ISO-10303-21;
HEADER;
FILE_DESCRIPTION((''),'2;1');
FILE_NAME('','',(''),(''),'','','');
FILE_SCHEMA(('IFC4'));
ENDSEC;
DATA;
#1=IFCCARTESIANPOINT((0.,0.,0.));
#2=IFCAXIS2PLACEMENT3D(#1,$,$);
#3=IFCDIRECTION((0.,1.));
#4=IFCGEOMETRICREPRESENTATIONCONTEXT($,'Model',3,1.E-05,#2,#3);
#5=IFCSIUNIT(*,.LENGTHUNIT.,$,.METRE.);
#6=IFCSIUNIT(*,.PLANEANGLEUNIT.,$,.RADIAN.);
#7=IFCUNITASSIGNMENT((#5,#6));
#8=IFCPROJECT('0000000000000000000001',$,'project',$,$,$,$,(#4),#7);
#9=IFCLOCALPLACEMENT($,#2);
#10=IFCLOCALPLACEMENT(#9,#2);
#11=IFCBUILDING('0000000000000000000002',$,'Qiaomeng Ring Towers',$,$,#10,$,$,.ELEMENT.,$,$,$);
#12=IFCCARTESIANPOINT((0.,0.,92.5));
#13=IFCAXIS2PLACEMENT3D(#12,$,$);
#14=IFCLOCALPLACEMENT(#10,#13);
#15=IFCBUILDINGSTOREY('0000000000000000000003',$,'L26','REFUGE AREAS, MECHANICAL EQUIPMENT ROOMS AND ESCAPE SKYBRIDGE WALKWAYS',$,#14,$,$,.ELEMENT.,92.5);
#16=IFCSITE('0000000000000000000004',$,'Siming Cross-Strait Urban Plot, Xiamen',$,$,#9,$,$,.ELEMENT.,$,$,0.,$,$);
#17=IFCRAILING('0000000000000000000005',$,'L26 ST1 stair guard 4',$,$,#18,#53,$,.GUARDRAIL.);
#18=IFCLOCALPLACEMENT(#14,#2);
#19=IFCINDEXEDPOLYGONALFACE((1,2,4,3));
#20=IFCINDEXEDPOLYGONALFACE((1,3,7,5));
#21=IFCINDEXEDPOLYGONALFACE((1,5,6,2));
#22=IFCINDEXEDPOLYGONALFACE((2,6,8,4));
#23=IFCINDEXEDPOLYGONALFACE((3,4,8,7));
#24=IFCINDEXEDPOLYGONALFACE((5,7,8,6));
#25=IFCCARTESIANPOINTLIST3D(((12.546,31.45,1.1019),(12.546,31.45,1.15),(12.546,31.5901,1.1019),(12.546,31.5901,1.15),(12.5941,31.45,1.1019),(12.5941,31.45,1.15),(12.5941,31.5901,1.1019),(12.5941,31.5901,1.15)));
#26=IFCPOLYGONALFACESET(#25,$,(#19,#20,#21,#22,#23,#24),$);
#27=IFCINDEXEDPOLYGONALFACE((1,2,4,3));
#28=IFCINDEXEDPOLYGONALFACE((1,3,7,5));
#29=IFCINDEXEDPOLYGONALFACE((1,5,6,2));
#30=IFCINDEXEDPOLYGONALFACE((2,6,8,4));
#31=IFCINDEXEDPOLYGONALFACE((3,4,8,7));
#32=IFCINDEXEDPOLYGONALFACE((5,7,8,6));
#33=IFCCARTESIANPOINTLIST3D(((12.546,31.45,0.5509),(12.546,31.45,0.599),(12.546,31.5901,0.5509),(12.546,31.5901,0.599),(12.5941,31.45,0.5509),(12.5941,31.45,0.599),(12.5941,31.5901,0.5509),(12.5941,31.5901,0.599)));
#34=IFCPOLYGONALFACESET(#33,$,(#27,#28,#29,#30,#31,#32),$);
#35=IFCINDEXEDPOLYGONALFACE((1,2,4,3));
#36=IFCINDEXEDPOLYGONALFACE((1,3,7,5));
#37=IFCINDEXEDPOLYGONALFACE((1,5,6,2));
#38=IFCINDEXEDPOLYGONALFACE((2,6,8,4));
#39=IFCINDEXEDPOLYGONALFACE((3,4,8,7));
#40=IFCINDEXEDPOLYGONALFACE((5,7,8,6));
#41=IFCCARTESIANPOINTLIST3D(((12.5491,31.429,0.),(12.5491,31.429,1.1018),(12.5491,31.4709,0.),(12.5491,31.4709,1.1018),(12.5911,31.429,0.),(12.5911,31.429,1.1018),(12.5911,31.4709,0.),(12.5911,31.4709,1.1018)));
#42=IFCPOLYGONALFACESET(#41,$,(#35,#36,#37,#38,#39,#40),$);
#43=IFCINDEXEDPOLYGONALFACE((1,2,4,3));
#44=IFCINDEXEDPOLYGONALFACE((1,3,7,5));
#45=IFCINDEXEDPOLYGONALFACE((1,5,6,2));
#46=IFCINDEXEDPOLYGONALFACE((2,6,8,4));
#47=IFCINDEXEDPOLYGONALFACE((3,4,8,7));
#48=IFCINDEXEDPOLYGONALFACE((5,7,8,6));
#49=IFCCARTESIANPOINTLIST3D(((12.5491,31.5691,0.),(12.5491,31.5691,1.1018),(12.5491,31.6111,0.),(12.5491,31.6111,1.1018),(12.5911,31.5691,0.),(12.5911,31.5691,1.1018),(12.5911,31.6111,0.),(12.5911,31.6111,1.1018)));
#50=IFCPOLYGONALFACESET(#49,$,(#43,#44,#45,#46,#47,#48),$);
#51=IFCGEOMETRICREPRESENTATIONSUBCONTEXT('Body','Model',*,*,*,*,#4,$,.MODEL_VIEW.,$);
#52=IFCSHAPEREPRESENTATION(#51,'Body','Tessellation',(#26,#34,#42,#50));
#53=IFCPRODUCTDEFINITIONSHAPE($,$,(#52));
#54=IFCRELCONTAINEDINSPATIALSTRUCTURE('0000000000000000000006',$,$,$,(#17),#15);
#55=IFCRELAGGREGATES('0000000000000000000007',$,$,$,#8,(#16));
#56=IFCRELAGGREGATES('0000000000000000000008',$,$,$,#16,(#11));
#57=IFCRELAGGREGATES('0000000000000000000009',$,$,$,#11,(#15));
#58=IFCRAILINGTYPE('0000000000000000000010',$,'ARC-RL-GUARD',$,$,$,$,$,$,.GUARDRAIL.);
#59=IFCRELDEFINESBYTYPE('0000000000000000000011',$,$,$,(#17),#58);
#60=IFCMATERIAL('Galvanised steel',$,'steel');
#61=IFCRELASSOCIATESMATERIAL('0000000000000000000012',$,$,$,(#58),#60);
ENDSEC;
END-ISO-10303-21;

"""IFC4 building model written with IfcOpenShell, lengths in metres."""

from ifc_helpers import new_model, si_unit, direction, frame, origin, origin_2d, place, context, subcontext, project, spatial, rectangle, extrude, material, type_object, element, save


model = new_model("IFC4")

# Units and contexts
model_context = context("Model", 3, precision=1e-05, world=origin(), true_north=direction((0.0, 1.0)))
body_context = subcontext(model_context, "Body", "Model", "MODEL_VIEW")
ifc_project = project(units=[si_unit("LENGTHUNIT", "METRE"), si_unit("PLANEANGLEUNIT", "RADIAN")], contexts=[model_context])

# Site, building, storey
site_placement = place(None, origin())
site = spatial("IfcSite", under=ifc_project, at=site_placement, Name="Siming Cross-Strait Urban Plot, Xiamen", CompositionType="ELEMENT", RefElevation=0.0)
building_placement = place(site_placement, origin())
building = spatial("IfcBuilding", under=site, at=building_placement, Name="Qiaomeng Ring Towers", CompositionType="ELEMENT")
storey_placement = place(building_placement, frame((0.0, 0.0, 92.5)))
storey = spatial("IfcBuildingStorey", under=building, at=storey_placement, Name="L26", Description="REFUGE AREAS, MECHANICAL EQUIPMENT ROOMS AND ESCAPE SKYBRIDGE WALKWAYS", CompositionType="ELEMENT", Elevation=92.5)

# Shared definitions
ifc_material_1 = material(Name="Galvanised steel", Category="steel")

# Railing
railing_type = type_object("IfcRailingType", Name="ARC-RL-GUARD", PredefinedType="GUARDRAIL", material=ifc_material_1)
railing_placement = place(storey_placement, frame((12.5701, 31.45, 0.0)))
element("IfcRailing", 1, at=railing_placement, inside=storey, type_object=railing_type, Name="L26 ST1 stair guard 4", PredefinedType="GUARDRAIL", context=body_context, shape_type="SweptSolid", body=[
    extrude(rectangle(XDim=0.0481, YDim=0.0481, at=origin_2d()), frame((0.0, 0.0, 1.126), z_axis=(0.0, 1.0, 0.0), x_axis=(-1.0, 0.0, 0.0)), (0.0, 0.0, 1.0), 0.1401),
    extrude(rectangle(XDim=0.0481, YDim=0.0481, at=origin_2d()), frame((0.0, 0.0, 0.575), z_axis=(0.0, 1.0, 0.0), x_axis=(-1.0, 0.0, 0.0)), (0.0, 0.0, 1.0), 0.1401),
    extrude(rectangle(XDim=0.042, YDim=0.042, at=origin_2d()), origin(), (0.0, 0.0, 1.0), 1.1018),
    extrude(rectangle(XDim=0.042, YDim=0.042, at=origin_2d()), frame((0.0, 0.1401, 0.0)), (0.0, 0.0, 1.0), 1.1018),
])

save(model, "model.ifc")
